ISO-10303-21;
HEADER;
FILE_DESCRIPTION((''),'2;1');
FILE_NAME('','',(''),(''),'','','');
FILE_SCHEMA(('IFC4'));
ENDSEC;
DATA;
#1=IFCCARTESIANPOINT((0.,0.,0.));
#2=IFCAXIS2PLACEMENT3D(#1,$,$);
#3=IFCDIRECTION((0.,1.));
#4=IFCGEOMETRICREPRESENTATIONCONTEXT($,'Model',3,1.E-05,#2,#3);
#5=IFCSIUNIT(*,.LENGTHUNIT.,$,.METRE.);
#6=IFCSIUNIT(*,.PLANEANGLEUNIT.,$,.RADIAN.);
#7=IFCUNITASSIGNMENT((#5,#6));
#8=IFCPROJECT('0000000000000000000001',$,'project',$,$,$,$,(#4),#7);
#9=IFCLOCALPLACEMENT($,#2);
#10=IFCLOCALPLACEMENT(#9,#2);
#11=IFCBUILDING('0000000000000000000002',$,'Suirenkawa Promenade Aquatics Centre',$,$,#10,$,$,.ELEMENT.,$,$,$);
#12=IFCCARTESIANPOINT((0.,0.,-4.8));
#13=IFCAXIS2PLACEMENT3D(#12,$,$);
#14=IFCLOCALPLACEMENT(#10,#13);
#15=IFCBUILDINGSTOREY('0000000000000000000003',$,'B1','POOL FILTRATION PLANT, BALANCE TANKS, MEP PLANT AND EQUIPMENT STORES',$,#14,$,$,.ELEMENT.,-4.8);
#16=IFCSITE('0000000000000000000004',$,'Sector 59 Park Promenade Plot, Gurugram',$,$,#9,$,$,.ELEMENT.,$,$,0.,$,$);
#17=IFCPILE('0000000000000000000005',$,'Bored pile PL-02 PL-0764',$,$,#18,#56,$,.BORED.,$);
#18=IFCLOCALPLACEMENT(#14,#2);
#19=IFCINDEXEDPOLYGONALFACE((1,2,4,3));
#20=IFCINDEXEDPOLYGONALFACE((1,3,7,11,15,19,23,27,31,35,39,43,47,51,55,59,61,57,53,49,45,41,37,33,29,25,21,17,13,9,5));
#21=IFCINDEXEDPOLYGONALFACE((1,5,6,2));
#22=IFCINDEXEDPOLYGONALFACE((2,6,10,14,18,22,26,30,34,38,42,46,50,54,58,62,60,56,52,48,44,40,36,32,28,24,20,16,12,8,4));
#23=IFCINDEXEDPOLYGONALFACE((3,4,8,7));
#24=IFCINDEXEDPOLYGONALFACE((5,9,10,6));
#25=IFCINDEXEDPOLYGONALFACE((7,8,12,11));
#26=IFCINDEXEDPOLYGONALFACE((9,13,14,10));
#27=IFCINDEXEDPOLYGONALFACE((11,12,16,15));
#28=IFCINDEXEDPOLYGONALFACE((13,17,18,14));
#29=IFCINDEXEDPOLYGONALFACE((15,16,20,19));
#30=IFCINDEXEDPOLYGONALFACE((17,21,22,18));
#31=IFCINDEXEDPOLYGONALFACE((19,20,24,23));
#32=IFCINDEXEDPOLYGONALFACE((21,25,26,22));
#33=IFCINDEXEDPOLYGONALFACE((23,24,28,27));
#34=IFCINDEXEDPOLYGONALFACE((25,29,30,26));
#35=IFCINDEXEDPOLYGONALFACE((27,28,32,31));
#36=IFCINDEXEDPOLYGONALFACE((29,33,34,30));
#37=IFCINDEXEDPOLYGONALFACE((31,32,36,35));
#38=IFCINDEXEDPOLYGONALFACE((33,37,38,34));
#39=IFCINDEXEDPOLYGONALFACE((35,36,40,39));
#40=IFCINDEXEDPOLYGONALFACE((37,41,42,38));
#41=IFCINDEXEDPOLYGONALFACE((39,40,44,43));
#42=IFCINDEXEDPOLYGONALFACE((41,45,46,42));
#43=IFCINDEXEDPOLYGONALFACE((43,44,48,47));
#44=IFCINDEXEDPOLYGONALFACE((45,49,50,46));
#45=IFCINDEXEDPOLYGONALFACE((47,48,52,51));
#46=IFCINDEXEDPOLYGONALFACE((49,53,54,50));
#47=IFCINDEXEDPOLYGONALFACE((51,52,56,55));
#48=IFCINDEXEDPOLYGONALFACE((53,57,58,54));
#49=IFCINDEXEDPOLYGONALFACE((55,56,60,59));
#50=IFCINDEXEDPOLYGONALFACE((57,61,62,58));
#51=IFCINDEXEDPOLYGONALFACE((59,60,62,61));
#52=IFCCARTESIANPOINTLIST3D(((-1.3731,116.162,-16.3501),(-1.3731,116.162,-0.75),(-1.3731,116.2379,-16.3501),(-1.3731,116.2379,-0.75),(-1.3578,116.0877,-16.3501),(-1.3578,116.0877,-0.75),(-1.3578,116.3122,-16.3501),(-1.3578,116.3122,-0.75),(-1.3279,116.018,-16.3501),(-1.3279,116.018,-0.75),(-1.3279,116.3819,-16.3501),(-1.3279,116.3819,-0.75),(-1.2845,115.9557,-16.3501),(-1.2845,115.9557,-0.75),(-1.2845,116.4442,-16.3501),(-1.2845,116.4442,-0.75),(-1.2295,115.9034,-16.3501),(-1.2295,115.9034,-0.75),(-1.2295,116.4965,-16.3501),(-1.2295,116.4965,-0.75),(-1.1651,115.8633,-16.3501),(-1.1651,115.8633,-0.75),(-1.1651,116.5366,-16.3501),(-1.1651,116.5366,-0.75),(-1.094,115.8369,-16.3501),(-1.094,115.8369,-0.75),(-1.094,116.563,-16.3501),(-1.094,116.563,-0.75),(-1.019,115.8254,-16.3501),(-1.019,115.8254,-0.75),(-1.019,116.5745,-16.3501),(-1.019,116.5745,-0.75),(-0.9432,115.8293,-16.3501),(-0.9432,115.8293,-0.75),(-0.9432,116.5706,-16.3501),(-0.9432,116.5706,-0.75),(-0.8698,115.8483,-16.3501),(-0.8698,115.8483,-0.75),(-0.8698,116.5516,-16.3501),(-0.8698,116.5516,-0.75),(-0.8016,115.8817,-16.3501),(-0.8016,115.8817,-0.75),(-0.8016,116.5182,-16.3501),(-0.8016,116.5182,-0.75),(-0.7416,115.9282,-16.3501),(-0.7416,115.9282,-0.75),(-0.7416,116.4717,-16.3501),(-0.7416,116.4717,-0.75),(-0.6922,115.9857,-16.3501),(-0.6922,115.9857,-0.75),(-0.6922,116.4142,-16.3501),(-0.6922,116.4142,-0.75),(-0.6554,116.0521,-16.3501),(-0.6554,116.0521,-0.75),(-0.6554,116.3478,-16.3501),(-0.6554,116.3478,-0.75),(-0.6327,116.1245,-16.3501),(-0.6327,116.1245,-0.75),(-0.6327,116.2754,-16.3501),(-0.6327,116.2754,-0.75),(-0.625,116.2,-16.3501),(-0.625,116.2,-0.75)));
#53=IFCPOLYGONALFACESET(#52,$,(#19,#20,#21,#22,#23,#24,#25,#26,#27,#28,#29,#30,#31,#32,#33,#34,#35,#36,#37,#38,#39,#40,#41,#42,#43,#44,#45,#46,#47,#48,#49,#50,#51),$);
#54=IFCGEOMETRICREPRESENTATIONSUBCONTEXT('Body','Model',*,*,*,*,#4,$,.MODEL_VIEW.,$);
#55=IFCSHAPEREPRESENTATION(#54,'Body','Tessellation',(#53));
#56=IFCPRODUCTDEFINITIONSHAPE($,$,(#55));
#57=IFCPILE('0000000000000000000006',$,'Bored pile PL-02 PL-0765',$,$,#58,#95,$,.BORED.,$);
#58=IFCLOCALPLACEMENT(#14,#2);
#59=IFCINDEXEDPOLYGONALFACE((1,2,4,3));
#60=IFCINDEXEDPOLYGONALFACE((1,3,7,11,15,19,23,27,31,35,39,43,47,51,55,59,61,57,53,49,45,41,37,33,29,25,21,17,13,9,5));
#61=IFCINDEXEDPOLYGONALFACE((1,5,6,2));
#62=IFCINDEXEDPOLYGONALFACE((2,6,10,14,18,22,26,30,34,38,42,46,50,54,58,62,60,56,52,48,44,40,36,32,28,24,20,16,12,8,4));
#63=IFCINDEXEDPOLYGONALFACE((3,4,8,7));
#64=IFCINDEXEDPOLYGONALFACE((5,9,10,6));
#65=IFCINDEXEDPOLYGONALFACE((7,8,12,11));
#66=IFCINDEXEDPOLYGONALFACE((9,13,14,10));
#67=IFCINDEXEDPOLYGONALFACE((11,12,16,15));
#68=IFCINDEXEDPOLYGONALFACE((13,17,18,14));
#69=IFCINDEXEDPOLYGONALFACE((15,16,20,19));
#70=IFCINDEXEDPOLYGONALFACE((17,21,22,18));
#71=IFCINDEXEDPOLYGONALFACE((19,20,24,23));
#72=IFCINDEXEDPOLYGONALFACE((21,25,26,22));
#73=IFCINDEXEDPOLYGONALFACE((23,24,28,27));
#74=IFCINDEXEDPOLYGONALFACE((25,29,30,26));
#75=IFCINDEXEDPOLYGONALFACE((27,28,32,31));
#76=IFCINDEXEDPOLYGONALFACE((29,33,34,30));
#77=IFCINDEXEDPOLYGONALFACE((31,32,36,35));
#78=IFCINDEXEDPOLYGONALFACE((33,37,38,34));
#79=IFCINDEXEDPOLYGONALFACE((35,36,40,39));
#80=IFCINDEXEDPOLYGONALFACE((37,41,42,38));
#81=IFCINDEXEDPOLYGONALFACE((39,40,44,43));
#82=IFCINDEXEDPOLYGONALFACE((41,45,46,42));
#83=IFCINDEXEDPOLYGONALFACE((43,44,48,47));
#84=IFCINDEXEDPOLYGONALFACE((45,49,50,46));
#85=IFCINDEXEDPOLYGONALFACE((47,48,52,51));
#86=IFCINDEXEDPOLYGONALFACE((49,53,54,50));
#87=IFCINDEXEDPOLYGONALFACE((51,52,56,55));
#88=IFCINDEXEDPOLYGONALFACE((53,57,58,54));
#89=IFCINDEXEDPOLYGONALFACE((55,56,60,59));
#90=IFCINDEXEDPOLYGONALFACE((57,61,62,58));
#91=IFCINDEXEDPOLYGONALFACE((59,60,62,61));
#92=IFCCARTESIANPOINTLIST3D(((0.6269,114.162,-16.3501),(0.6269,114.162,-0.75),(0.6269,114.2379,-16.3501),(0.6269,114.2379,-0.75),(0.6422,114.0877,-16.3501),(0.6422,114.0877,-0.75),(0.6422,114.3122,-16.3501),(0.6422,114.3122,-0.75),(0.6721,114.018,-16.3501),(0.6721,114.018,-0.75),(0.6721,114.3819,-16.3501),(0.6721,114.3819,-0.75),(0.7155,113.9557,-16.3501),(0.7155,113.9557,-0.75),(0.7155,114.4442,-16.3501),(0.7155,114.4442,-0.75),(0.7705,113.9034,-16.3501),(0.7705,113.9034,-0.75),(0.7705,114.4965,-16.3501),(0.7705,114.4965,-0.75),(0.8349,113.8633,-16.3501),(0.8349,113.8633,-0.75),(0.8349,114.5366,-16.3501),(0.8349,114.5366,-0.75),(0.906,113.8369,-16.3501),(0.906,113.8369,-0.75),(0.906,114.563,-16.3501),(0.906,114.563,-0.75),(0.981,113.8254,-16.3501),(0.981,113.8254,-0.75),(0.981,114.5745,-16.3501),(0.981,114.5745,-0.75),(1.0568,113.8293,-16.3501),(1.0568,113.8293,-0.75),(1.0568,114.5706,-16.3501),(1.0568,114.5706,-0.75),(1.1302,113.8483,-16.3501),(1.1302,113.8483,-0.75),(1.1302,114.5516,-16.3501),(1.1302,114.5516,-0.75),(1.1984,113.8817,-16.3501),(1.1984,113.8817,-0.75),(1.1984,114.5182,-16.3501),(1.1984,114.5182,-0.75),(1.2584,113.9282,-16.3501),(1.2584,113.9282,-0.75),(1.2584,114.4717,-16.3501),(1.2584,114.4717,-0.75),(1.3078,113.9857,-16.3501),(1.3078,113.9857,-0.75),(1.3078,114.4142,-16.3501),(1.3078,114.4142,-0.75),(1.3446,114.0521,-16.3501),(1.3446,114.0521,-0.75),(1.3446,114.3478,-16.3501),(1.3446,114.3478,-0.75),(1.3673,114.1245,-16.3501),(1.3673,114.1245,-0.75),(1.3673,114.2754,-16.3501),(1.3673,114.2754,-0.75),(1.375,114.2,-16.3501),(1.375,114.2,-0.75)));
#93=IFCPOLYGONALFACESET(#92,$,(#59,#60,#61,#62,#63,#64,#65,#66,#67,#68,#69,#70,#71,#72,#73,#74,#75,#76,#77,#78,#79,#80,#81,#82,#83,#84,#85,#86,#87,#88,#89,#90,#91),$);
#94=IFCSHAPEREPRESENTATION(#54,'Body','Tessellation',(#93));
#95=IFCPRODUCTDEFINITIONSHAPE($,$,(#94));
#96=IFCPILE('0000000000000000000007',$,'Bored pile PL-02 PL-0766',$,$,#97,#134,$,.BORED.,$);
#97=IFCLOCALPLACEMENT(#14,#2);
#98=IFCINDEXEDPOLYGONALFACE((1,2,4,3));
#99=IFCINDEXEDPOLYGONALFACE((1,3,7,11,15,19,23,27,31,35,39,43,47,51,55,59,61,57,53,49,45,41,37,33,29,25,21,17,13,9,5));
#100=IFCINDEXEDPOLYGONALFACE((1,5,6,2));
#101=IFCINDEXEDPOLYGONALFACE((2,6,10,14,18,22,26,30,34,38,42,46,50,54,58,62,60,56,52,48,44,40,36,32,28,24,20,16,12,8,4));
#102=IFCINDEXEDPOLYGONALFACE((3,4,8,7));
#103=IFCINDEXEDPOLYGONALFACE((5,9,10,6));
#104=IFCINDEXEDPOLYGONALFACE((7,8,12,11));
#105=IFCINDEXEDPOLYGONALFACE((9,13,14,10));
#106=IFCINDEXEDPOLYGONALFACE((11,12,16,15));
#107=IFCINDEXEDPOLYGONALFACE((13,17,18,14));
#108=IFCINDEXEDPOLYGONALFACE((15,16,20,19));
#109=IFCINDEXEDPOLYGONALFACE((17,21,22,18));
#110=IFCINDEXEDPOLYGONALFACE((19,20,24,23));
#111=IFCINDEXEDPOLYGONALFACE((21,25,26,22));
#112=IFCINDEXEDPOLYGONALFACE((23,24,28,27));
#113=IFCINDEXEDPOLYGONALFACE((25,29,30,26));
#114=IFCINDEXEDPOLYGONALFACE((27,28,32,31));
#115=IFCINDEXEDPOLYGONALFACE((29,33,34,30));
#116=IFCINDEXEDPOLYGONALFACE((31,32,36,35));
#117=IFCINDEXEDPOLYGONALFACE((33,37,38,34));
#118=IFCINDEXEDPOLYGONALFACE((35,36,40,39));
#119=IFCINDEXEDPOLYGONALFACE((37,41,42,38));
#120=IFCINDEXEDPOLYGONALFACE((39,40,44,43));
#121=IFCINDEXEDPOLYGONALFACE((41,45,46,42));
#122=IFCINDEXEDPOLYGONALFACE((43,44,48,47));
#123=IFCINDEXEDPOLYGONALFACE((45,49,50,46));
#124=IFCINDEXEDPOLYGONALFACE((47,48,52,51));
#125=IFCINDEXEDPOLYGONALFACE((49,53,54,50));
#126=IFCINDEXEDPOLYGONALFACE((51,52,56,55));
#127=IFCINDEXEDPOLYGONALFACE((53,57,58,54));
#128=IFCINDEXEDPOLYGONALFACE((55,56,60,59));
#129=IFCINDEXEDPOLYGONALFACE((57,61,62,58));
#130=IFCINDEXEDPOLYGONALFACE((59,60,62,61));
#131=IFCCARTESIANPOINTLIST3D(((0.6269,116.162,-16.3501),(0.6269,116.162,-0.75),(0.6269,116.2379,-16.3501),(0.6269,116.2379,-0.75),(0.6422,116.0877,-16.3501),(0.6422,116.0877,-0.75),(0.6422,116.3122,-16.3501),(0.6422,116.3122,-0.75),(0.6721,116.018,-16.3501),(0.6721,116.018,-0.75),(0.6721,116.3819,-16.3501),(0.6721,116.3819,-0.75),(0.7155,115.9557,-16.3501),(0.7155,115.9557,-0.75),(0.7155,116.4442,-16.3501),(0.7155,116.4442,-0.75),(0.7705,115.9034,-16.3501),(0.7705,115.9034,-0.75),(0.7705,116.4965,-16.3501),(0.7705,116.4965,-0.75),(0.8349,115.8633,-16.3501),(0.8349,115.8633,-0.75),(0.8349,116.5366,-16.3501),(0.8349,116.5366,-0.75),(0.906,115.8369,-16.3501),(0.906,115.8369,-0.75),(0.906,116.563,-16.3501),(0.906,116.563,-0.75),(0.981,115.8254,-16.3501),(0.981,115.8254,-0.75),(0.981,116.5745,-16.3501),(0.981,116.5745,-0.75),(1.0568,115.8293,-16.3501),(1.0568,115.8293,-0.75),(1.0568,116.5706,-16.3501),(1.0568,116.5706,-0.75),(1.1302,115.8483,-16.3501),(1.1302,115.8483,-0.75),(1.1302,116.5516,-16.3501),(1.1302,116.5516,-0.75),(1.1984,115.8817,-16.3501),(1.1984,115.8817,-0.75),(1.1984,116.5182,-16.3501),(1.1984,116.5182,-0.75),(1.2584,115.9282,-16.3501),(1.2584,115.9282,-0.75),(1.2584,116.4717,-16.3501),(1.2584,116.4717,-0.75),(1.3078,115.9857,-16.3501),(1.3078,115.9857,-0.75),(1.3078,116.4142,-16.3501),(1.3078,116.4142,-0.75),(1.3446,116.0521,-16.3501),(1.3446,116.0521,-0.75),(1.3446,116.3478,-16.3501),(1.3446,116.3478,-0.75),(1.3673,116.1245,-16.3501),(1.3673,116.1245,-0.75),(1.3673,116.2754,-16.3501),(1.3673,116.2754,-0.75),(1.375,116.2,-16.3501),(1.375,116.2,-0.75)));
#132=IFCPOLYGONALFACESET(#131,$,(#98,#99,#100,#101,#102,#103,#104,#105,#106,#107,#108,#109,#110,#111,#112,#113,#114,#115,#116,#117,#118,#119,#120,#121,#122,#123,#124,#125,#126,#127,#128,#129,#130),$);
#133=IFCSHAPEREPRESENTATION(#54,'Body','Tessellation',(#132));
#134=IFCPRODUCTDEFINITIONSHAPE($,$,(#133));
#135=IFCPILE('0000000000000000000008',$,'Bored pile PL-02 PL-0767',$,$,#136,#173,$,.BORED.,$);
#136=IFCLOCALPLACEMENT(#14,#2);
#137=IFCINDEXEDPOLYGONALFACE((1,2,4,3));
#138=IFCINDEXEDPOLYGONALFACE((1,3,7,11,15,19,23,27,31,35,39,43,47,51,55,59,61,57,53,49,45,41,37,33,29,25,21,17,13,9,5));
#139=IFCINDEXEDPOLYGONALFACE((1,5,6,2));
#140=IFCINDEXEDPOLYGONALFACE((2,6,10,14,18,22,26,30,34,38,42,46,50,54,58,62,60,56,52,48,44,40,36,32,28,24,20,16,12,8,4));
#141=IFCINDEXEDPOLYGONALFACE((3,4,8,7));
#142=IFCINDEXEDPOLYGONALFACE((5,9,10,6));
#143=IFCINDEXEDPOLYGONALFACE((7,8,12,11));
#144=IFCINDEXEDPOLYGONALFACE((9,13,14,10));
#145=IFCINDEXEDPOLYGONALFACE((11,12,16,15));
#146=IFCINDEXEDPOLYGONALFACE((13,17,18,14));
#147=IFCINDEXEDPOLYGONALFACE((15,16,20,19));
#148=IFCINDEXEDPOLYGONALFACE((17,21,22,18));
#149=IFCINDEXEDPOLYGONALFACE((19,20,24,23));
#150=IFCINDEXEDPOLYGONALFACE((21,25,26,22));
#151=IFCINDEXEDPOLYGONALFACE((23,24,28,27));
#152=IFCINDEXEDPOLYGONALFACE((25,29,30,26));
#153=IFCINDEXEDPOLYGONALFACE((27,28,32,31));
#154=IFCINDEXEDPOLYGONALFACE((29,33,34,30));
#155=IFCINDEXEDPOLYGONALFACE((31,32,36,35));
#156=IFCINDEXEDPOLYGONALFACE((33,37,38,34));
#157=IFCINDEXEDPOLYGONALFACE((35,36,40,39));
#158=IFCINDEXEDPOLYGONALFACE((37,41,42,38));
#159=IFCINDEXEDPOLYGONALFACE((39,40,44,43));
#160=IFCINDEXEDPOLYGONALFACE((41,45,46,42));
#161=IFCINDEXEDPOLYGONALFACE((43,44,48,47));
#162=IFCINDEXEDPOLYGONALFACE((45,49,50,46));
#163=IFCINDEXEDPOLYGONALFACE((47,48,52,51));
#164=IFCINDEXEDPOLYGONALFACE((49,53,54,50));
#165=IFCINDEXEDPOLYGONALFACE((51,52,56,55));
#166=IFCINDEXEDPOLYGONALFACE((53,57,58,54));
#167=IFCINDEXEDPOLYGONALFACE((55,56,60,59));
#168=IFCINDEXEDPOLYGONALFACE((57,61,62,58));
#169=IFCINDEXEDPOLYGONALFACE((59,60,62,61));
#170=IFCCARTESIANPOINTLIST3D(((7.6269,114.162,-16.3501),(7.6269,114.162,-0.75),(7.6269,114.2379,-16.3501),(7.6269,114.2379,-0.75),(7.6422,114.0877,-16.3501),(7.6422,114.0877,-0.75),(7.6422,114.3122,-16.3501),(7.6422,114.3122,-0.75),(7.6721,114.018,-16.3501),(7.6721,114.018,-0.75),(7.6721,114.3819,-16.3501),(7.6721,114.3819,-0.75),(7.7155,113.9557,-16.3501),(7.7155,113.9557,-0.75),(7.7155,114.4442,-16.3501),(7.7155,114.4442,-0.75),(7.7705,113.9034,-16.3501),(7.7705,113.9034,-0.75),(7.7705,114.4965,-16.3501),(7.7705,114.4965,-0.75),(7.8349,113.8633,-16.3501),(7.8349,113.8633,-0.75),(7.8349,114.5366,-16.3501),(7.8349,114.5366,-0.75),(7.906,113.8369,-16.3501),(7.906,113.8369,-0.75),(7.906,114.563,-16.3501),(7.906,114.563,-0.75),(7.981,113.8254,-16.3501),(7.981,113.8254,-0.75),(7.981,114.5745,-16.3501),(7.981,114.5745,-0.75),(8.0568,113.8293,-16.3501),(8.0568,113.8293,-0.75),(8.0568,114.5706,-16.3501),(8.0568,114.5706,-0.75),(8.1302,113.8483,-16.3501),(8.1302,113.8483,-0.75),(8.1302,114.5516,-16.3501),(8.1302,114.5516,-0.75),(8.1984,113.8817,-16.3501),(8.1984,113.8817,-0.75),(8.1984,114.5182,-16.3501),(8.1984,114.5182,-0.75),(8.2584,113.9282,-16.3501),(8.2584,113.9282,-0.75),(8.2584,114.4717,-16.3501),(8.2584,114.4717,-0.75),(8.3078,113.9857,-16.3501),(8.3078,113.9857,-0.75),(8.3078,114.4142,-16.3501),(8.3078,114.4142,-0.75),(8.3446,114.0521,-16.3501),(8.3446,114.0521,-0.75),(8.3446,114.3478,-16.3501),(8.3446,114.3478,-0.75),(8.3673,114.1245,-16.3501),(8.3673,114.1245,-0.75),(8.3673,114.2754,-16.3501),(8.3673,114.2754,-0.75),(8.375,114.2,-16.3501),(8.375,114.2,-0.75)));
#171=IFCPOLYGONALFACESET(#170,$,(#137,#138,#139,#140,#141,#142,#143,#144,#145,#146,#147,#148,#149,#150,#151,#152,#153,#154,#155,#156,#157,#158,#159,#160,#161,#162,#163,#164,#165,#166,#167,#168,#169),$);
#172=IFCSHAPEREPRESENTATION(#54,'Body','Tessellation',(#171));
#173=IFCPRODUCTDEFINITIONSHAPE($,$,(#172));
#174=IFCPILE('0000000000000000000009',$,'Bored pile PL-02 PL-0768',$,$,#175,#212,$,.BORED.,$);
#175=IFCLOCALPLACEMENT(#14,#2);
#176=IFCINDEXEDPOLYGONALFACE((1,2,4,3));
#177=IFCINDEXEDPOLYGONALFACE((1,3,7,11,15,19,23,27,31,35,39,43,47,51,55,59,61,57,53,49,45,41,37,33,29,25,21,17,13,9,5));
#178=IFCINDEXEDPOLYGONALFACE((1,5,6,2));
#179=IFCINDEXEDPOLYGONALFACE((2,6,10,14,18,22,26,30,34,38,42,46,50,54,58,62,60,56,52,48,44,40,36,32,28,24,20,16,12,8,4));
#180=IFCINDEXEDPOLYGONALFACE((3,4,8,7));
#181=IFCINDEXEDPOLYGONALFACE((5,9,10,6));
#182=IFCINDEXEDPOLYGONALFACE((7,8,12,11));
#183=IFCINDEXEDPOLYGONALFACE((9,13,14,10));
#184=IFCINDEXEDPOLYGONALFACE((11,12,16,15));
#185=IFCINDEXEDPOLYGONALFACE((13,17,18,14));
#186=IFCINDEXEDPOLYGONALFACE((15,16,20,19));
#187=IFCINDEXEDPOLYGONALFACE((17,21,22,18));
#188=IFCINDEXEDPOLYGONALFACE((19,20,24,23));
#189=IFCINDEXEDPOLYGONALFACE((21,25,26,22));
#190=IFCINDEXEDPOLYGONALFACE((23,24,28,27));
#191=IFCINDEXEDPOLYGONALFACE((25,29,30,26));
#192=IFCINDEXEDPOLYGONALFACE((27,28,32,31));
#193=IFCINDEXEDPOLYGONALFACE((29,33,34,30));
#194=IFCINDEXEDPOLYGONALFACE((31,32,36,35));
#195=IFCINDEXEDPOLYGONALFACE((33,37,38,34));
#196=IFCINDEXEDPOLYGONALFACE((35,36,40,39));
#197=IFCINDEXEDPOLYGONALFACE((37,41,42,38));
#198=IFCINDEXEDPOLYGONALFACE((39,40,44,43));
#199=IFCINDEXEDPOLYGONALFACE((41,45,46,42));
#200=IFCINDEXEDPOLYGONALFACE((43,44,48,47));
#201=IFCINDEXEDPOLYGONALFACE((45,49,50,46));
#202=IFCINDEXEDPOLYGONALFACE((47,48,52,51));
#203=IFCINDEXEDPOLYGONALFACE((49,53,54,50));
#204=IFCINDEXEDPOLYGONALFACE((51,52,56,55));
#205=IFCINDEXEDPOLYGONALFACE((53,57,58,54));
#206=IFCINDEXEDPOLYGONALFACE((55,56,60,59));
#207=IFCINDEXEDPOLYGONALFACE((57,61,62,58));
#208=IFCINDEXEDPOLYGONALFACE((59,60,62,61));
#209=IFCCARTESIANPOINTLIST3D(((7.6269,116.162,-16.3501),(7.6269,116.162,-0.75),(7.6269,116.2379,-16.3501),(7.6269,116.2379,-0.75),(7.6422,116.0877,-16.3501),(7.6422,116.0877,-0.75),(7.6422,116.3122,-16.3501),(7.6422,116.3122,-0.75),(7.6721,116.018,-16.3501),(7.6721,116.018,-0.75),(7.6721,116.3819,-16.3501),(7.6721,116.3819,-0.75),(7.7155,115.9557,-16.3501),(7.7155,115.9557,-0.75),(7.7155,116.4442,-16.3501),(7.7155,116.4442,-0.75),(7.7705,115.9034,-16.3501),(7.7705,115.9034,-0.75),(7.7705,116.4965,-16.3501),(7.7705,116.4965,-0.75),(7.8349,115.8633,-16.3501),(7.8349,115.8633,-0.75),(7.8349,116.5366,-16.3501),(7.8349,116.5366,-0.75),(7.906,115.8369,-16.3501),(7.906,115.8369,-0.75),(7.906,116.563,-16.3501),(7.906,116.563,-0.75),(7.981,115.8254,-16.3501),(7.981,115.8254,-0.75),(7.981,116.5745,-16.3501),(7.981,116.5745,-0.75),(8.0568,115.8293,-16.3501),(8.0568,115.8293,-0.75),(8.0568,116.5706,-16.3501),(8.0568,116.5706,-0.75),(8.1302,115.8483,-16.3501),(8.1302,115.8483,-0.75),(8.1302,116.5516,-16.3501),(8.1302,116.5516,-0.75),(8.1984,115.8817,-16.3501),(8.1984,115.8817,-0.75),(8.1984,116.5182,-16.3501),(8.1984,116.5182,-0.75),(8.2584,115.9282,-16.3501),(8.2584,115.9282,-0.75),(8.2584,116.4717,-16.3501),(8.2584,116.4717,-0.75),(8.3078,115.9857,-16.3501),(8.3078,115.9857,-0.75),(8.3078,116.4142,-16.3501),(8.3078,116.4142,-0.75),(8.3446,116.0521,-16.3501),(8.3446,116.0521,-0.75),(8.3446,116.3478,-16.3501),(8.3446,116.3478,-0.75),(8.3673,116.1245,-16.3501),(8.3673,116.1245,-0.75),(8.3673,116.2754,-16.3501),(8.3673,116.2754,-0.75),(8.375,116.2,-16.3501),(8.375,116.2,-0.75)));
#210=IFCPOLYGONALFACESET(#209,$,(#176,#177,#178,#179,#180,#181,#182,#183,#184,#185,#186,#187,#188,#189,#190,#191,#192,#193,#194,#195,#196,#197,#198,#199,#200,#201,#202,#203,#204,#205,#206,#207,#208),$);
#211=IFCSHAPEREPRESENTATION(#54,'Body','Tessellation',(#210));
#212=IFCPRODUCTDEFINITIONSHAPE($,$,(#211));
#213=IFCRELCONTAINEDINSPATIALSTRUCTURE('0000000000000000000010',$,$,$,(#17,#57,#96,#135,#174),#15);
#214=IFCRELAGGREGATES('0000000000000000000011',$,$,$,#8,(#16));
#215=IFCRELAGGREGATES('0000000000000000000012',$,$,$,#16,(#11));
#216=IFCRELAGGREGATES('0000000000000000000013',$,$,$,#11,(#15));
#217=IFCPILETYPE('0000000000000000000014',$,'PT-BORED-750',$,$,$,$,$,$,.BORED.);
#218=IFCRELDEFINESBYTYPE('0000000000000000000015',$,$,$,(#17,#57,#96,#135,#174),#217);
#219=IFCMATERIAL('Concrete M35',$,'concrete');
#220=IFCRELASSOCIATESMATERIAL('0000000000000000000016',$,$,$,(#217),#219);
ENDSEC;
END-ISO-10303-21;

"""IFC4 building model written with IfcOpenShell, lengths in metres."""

from ifc_helpers import new_model, si_unit, direction, frame, origin, origin_2d, place, context, subcontext, project, spatial, circle, extrude, material, material_profile, profile_set, type_object, element, save


model = new_model("IFC4")

# Units and contexts
model_context = context("Model", 3, precision=1e-05, world=origin(), true_north=direction((0.0, 1.0)))
body_context = subcontext(model_context, "Body", "Model", "MODEL_VIEW")
ifc_project = project(units=[si_unit("LENGTHUNIT", "METRE"), si_unit("PLANEANGLEUNIT", "RADIAN")], contexts=[model_context])

# Site, building, storey
site_placement = place(None, origin())
site = spatial("IfcSite", under=ifc_project, at=site_placement, Name="Sector 59 Park Promenade Plot, Gurugram", CompositionType="ELEMENT", RefElevation=0.0)
building_placement = place(site_placement, origin())
building = spatial("IfcBuilding", under=site, at=building_placement, Name="Suirenkawa Promenade Aquatics Centre", CompositionType="ELEMENT")
storey_placement = place(building_placement, frame((0.0, 0.0, -4.8)))
storey = spatial("IfcBuildingStorey", under=building, at=storey_placement, Name="B1", Description="POOL FILTRATION PLANT, BALANCE TANKS, MEP PLANT AND EQUIPMENT STORES", CompositionType="ELEMENT", Elevation=-4.8)

# Shared definitions
ifc_material_1 = material(Name="Concrete M35", Category="concrete")

# Piles
ifc_material_profile_1 = material_profile(ifc_material_1, circle(Radius=0.375, at=origin_2d()), Name="PILE D750", Category="concrete")
ifc_profile_set_1 = profile_set([ifc_material_profile_1], Name="Concrete M35")
pile_type = type_object("IfcPileType", Name="PT-BORED-750", PredefinedType="BORED", material=ifc_profile_set_1)
for number, where, z_axis, x_axis, name in (
    (1, (-1.0, 116.2, -0.75), (0.0, 0.0, -1.0), (1.0, 0.0, 0.0), "Bored pile PL-02 PL-0764"),
    (2, (1.0, 114.2, -0.75), (0.0, 0.0, -1.0), (1.0, 0.0, 0.0), "Bored pile PL-02 PL-0765"),
    (3, (1.0, 116.2, -0.75), (0.0, 0.0, -1.0), (1.0, 0.0, 0.0), "Bored pile PL-02 PL-0766"),
    (4, (8.0, 114.2, -0.75), (0.0, 0.0, -1.0), (1.0, 0.0, 0.0), "Bored pile PL-02 PL-0767"),
    (5, (8.0, 116.2, -0.75), (0.0, 0.0, -1.0), (1.0, 0.0, 0.0), "Bored pile PL-02 PL-0768"),
):
    element("IfcPile", number, at=place(storey_placement, frame(where, z_axis=z_axis, x_axis=x_axis)), inside=storey, type_object=pile_type, Name=name, PredefinedType="BORED", context=body_context, shape_type="SweptSolid", body=[
        extrude(circle(Radius=0.375, at=origin_2d()), origin(), (0.0, 0.0, 1.0), 15.6001),
    ])

save(model, "model.ifc")
